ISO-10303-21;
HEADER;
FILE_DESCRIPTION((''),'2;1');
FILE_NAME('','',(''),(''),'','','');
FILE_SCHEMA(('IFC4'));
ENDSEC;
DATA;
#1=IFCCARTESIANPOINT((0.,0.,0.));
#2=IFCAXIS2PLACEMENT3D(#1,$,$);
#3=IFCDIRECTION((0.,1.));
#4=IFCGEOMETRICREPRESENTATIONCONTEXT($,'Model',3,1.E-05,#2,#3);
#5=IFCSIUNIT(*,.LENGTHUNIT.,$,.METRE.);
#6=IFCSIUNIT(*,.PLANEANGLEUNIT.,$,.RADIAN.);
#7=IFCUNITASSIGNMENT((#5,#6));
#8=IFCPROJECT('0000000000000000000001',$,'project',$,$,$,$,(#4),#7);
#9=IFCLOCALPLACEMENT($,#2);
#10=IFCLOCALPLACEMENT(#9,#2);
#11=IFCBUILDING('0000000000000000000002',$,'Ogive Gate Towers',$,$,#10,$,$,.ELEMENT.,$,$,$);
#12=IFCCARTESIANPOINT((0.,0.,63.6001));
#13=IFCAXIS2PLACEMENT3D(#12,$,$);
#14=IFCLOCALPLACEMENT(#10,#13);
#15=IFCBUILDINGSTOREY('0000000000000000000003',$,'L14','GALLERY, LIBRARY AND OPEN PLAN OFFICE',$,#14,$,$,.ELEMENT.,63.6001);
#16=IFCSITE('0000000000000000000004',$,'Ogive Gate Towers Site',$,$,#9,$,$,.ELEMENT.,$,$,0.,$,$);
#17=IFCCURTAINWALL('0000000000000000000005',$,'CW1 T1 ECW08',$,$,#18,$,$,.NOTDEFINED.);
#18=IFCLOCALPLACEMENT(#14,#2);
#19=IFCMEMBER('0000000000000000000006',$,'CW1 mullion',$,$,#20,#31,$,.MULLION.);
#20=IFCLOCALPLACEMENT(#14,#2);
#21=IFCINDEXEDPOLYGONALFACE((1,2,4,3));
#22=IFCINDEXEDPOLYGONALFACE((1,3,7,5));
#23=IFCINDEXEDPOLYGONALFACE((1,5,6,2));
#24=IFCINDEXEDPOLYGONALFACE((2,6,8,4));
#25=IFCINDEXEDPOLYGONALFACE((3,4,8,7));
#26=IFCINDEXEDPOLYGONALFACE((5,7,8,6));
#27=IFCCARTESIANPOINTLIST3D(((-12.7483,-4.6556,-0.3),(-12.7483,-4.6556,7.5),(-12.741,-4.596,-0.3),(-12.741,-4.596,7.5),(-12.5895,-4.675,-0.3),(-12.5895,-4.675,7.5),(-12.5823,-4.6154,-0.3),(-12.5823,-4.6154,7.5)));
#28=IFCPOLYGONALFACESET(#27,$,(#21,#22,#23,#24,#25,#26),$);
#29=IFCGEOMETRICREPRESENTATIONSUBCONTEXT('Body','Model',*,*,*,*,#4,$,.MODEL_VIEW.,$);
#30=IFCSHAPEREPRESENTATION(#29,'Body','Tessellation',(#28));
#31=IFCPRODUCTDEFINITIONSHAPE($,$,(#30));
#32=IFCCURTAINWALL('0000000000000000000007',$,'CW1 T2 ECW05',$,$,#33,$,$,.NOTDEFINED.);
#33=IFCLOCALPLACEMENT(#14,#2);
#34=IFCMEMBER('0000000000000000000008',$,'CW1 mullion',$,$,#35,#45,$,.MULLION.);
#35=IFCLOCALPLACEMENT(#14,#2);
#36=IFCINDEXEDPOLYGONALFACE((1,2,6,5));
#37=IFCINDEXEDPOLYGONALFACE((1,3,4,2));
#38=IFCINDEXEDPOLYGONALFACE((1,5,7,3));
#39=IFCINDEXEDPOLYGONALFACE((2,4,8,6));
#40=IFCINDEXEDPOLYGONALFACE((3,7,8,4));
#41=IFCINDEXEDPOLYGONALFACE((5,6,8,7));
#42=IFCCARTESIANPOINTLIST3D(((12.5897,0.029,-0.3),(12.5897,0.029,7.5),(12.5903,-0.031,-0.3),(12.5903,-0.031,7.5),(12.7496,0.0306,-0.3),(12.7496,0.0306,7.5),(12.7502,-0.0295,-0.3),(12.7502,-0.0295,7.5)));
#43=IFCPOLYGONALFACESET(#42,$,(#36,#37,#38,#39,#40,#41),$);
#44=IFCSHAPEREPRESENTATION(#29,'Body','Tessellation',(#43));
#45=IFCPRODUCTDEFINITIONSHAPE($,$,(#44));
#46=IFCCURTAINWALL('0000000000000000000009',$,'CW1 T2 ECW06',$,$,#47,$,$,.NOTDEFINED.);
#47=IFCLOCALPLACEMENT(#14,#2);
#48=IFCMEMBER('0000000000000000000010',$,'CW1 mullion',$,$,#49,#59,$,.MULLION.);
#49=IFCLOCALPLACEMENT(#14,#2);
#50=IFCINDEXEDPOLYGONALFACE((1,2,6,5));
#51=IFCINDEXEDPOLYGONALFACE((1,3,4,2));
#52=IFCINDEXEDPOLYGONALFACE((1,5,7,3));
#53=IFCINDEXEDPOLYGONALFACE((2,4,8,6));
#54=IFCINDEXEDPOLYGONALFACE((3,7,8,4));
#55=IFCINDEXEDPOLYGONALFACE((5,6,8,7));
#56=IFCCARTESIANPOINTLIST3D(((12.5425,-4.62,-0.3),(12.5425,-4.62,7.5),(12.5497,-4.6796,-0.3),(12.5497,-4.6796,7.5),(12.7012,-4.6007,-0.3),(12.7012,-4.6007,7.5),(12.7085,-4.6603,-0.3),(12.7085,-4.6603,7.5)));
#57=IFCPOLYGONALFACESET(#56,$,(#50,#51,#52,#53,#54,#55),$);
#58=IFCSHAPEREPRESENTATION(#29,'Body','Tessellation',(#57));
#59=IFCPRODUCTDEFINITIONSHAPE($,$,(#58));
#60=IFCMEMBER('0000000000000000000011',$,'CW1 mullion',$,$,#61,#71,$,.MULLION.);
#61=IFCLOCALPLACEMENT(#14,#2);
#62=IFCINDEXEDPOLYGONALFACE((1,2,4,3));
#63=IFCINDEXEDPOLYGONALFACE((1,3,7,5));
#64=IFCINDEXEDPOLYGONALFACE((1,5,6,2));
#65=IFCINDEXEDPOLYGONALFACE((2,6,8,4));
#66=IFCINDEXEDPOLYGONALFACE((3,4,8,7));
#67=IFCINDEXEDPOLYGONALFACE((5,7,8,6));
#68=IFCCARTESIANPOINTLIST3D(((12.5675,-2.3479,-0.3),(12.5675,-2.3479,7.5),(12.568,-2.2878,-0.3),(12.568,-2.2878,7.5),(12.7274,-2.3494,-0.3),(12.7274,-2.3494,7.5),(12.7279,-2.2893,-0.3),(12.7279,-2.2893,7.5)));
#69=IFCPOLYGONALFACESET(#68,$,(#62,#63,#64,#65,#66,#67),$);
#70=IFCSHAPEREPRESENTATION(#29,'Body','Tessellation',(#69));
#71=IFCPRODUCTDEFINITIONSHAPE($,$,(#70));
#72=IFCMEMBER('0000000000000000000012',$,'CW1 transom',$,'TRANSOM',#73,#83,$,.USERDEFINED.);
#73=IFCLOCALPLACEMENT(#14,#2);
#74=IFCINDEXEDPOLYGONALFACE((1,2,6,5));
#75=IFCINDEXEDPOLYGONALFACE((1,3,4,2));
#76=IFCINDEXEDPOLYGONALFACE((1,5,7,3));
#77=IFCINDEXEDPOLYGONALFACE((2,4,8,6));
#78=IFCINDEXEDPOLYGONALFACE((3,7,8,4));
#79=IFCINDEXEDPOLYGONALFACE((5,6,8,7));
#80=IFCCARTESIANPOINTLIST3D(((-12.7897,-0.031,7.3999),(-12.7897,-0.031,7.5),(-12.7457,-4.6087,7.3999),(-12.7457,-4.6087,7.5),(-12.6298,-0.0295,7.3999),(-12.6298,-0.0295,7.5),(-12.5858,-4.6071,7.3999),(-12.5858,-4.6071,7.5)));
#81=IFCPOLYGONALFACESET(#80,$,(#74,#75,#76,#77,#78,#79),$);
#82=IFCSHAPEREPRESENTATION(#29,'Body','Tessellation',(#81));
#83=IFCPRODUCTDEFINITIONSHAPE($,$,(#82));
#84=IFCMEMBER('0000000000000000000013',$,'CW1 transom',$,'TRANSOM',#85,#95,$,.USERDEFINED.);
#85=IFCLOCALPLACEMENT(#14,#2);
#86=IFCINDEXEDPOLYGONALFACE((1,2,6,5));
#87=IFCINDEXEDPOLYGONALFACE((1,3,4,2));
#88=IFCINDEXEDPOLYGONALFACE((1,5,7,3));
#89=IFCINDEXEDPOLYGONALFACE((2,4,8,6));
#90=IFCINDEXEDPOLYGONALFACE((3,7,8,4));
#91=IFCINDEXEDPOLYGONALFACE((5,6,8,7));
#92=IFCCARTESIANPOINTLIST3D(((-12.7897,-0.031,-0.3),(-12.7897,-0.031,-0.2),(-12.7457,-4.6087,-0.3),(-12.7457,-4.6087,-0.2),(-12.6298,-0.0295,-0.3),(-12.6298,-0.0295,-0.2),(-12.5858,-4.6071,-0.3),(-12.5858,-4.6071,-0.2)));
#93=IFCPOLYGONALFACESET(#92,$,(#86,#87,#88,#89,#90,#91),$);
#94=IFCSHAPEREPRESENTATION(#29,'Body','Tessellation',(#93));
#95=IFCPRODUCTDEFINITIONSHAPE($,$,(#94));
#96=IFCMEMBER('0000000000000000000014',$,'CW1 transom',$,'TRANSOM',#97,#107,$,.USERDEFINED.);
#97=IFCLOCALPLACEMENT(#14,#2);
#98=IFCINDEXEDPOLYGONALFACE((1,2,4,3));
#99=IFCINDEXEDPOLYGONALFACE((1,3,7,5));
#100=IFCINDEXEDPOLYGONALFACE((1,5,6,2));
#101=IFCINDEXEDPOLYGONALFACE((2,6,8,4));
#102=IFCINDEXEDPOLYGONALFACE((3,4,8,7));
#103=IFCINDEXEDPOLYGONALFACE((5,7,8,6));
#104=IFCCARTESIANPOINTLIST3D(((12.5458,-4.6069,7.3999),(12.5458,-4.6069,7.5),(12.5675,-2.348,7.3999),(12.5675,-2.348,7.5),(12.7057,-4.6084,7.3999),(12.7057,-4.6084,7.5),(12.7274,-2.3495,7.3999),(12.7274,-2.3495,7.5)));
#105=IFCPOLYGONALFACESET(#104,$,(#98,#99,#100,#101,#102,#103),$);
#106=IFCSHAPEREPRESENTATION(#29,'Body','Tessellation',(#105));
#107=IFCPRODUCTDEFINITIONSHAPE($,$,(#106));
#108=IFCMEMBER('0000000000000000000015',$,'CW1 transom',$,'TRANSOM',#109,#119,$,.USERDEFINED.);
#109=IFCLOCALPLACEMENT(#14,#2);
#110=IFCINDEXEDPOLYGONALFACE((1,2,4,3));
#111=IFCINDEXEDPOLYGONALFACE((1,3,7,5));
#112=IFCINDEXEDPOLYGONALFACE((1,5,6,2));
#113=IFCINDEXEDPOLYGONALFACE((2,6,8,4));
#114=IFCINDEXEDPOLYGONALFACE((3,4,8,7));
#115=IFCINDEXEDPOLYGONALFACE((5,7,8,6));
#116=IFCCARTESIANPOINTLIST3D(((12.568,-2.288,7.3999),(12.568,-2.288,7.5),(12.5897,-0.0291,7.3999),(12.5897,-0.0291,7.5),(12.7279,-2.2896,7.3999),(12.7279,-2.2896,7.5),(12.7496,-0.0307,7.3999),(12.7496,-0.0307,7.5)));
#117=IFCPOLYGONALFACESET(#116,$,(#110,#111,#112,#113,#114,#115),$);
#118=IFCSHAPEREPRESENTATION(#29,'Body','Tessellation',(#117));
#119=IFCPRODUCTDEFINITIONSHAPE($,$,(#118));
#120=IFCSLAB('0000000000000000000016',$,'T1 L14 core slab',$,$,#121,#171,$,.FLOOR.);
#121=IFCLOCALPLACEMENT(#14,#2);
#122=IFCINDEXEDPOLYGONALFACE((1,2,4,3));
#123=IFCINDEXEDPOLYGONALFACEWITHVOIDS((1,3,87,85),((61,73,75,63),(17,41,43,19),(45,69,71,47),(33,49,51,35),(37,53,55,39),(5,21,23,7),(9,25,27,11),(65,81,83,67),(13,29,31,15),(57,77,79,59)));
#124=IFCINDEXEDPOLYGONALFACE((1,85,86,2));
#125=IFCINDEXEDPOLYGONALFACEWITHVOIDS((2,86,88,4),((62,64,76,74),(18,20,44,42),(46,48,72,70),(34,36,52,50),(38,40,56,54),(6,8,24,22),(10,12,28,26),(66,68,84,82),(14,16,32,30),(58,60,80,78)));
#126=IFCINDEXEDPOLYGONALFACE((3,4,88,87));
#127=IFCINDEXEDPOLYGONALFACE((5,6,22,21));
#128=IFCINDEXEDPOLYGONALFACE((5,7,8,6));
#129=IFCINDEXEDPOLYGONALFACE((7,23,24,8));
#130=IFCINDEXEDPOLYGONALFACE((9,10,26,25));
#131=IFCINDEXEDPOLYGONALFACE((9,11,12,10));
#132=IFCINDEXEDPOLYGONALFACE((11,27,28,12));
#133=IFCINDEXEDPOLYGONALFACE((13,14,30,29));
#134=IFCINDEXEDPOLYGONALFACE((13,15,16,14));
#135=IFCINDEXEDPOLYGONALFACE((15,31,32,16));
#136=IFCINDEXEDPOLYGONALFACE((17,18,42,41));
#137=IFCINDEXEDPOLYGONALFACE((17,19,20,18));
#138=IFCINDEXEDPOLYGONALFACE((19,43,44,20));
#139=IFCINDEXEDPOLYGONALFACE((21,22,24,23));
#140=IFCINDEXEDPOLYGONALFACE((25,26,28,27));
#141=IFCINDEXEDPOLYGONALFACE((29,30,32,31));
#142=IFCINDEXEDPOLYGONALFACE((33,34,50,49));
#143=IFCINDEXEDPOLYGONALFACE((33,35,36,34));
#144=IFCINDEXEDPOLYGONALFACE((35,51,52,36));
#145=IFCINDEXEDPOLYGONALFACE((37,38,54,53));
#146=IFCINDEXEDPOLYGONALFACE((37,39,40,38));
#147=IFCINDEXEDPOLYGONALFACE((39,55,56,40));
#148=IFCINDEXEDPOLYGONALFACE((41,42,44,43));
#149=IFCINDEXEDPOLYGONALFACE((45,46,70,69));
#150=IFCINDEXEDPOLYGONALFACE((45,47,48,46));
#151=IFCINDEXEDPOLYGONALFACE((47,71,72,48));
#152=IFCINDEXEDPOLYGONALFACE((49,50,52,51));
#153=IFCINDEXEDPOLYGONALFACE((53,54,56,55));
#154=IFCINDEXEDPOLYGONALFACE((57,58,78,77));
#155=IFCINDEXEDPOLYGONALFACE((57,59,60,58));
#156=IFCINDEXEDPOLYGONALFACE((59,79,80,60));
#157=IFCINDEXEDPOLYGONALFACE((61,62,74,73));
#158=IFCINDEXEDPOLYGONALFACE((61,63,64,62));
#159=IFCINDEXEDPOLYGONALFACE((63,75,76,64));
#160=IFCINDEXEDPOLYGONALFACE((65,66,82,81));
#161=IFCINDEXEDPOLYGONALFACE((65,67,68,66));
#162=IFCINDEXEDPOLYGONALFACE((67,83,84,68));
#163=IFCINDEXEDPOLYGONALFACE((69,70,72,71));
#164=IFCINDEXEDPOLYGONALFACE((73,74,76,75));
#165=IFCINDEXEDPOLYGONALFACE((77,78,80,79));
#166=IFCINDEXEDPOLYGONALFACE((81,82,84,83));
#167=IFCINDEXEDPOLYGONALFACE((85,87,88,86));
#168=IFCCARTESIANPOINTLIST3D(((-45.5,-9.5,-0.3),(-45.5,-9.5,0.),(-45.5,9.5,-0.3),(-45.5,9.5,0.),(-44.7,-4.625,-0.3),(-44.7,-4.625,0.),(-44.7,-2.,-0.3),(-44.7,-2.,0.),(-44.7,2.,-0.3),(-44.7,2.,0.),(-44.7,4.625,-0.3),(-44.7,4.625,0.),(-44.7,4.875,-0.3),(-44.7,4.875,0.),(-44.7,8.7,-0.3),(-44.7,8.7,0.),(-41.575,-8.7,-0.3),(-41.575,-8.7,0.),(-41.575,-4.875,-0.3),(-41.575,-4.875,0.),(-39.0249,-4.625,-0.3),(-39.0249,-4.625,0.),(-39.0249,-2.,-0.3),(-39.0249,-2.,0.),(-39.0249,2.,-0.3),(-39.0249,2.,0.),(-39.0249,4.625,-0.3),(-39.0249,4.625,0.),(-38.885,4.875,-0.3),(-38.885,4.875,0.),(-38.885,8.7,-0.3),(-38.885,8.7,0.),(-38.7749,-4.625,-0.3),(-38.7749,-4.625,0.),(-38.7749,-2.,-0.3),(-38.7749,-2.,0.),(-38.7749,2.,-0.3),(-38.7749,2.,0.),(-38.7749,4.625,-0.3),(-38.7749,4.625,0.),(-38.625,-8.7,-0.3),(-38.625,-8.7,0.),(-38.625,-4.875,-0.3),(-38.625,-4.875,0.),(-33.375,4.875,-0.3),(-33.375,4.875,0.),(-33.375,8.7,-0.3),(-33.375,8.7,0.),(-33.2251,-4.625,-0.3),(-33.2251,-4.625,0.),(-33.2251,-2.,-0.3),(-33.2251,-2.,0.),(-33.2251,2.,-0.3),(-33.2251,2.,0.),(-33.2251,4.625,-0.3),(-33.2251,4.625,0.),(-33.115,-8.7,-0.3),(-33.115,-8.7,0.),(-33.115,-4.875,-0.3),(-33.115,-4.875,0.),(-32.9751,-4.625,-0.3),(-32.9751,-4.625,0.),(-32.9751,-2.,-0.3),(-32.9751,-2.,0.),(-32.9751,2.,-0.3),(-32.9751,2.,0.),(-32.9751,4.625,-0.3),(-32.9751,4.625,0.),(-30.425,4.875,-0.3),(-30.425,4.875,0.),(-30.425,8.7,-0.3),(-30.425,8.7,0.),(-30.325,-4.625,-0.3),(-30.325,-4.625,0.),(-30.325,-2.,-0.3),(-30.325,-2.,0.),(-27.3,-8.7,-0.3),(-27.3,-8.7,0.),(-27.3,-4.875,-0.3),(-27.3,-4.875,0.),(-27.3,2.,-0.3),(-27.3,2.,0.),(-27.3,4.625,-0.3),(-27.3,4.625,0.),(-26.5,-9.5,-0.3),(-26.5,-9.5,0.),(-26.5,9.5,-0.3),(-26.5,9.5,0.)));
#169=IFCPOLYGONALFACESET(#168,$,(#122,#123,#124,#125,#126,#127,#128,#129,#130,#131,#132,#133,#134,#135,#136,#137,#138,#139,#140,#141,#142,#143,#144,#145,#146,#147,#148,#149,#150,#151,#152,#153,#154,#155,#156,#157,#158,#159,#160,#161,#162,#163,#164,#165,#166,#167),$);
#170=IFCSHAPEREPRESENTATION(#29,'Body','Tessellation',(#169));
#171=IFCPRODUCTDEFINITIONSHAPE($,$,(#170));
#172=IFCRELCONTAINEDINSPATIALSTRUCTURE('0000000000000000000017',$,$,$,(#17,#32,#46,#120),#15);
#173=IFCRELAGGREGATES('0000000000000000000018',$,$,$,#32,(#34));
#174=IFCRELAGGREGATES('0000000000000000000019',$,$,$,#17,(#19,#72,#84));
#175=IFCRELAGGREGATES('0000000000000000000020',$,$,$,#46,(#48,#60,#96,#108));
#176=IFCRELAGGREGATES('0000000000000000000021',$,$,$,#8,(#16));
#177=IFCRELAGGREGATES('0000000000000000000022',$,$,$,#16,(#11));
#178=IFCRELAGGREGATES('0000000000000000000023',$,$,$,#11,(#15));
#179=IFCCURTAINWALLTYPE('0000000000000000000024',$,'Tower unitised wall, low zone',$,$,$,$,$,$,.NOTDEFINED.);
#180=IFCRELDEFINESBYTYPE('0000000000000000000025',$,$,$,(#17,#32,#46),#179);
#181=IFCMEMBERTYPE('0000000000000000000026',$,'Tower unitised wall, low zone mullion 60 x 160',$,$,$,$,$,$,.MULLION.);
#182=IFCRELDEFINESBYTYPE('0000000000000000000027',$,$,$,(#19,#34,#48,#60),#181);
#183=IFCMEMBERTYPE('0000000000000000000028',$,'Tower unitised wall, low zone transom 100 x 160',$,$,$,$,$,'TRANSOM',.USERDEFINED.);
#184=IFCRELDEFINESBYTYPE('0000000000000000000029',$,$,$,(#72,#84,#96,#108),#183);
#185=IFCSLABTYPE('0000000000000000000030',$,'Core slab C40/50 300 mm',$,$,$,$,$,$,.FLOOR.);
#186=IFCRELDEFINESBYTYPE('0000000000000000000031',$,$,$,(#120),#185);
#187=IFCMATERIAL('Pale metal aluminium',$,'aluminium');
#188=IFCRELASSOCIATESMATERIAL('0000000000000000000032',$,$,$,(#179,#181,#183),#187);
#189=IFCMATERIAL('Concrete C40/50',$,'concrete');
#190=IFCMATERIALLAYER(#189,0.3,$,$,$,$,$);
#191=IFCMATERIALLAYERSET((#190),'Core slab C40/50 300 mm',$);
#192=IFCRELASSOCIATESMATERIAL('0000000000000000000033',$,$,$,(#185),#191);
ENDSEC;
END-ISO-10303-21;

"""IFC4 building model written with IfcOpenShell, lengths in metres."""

from ifc_helpers import new_model, si_unit, direction, frame, origin, origin_2d, place, context, subcontext, project, spatial, polyline, rectangle, outline, extrude, material, layer, layer_set, material_profile, profile_set, type_object, element, aggregate, save


model = new_model("IFC4")

# Units and contexts
model_context = context("Model", 3, precision=1e-05, world=origin(), true_north=direction((0.0, 1.0)))
body_context = subcontext(model_context, "Body", "Model", "MODEL_VIEW")
ifc_project = project(units=[si_unit("LENGTHUNIT", "METRE"), si_unit("PLANEANGLEUNIT", "RADIAN")], contexts=[model_context])

# Site, building, storey
site_placement = place(None, origin())
site = spatial("IfcSite", under=ifc_project, at=site_placement, Name="Ogive Gate Towers Site", CompositionType="ELEMENT", RefElevation=0.0)
building_placement = place(site_placement, origin())
building = spatial("IfcBuilding", under=site, at=building_placement, Name="Ogive Gate Towers", CompositionType="ELEMENT")
storey_placement = place(building_placement, frame((0.0, 0.0, 63.6001)))
storey = spatial("IfcBuildingStorey", under=building, at=storey_placement, Name="L14", Description="GALLERY, LIBRARY AND OPEN PLAN OFFICE", CompositionType="ELEMENT", Elevation=63.6001)

# Curtain walls, members
ifc_material_1 = material(Name="Pale metal aluminium", Category="aluminium")
curtain_wall_type = type_object("IfcCurtainWallType", Name="Tower unitised wall, low zone", PredefinedType="NOTDEFINED", material=ifc_material_1)
curtain_wall_1_placement = place(storey_placement, origin())
curtain_wall_1 = element("IfcCurtainWall", 1, at=curtain_wall_1_placement, inside=storey, type_object=curtain_wall_type, Name="CW1 T1 ECW08", PredefinedType="NOTDEFINED")
ifc_material_profile_1 = material_profile(ifc_material_1, rectangle(XDim=0.1599, YDim=0.0601, at=origin_2d()), Name="60 x 160 aluminium box")
ifc_profile_set_1 = profile_set([ifc_material_profile_1], Name="Pale metal aluminium")
member_type_1 = type_object("IfcMemberType", Name="Tower unitised wall, low zone mullion 60 x 160", PredefinedType="MULLION", material=ifc_profile_set_1)
member_1_placement = place(storey_placement, frame((-12.6653, -4.6355, -0.3), z_axis=(0.0, 0.0, 1.0), x_axis=(0.992671, -0.120847, 0.0)))
member_1 = element("IfcMember", 2, at=member_1_placement, type_object=member_type_1, Name="CW1 mullion", PredefinedType="MULLION", context=body_context, shape_type="SweptSolid", body=[
    extrude(rectangle(XDim=0.1599, YDim=0.0601, at=origin_2d()), origin(), (0.0, 0.0, 1.0), 7.8),
])
curtain_wall_2_placement = place(storey_placement, origin())
curtain_wall_2 = element("IfcCurtainWall", 3, at=curtain_wall_2_placement, inside=storey, type_object=curtain_wall_type, Name="CW1 T2 ECW05", PredefinedType="NOTDEFINED")
member_2_placement = place(storey_placement, frame((12.6699, -0.0002, -0.3), z_axis=(0.0, 0.0, 1.0), x_axis=(0.999954, 0.009617, 0.0)))
member_2 = element("IfcMember", 4, at=member_2_placement, type_object=member_type_1, Name="CW1 mullion", PredefinedType="MULLION", context=body_context, shape_type="SweptSolid", body=[
    extrude(rectangle(XDim=0.1599, YDim=0.0601, at=origin_2d()), origin(), (0.0, 0.0, 1.0), 7.8),
])
aggregate(curtain_wall_2, [member_2])

# Curtain wall, members
curtain_wall_3_placement = place(storey_placement, origin())
curtain_wall_3 = element("IfcCurtainWall", 5, at=curtain_wall_3_placement, inside=storey, type_object=curtain_wall_type, Name="CW1 T2 ECW06", PredefinedType="NOTDEFINED")
member_3_placement = place(storey_placement, frame((12.6255, -4.6401, -0.3), z_axis=(0.0, 0.0, 1.0), x_axis=(0.992669, 0.120865, 0.0)))
member_3 = element("IfcMember", 6, at=member_3_placement, type_object=member_type_1, Name="CW1 mullion", PredefinedType="MULLION", context=body_context, shape_type="SweptSolid", body=[
    extrude(rectangle(XDim=0.1599, YDim=0.0601, at=origin_2d()), origin(), (0.0, 0.0, 1.0), 7.8),
])
member_4_placement = place(storey_placement, frame((12.6477, -2.3186, -0.3), z_axis=(0.0, 0.0, 1.0), x_axis=(0.999954, -0.009599, 0.0)))
member_4 = element("IfcMember", 7, at=member_4_placement, type_object=member_type_1, Name="CW1 mullion", PredefinedType="MULLION", context=body_context, shape_type="SweptSolid", body=[
    extrude(rectangle(XDim=0.1599, YDim=0.0601, at=origin_2d()), origin(), (0.0, 0.0, 1.0), 7.8),
])

# Members
ifc_material_profile_2 = material_profile(ifc_material_1, rectangle(XDim=0.1599, YDim=0.1001, at=origin_2d()), Name="100 x 160 aluminium box")
ifc_profile_set_2 = profile_set([ifc_material_profile_2], Name="Pale metal aluminium")
member_type_2 = type_object("IfcMemberType", Name="Tower unitised wall, low zone transom 100 x 160", ElementType="TRANSOM", PredefinedType="USERDEFINED", material=ifc_profile_set_2)
member_5_placement = place(storey_placement, frame((-12.6658, -4.6079, 7.45), z_axis=(-0.0096, 0.999954, 0.0), x_axis=(-0.999954, -0.0096, 0.0)))
member_5 = element("IfcMember", 8, at=member_5_placement, type_object=member_type_2, Name="CW1 transom", ObjectType="TRANSOM", PredefinedType="USERDEFINED", context=body_context, shape_type="SweptSolid", body=[
    extrude(rectangle(XDim=0.1599, YDim=0.1001, at=origin_2d()), origin(), (0.0, 0.0, 1.0), 4.5779),
])
member_6_placement = place(storey_placement, frame((-12.6658, -4.6079, -0.25), z_axis=(-0.0096, 0.999954, 0.0), x_axis=(-0.999954, -0.0096, 0.0)))
member_6 = element("IfcMember", 9, at=member_6_placement, type_object=member_type_2, Name="CW1 transom", ObjectType="TRANSOM", PredefinedType="USERDEFINED", context=body_context, shape_type="SweptSolid", body=[
    extrude(rectangle(XDim=0.1599, YDim=0.1001, at=origin_2d()), origin(), (0.0, 0.0, 1.0), 4.5779),
])
member_7_placement = place(storey_placement, frame((12.6257, -4.6077, 7.45), z_axis=(0.009618, 0.999954, 0.0), x_axis=(-0.999954, 0.009618, 0.0)))
member_7 = element("IfcMember", 10, at=member_7_placement, type_object=member_type_2, Name="CW1 transom", ObjectType="TRANSOM", PredefinedType="USERDEFINED", context=body_context, shape_type="SweptSolid", body=[
    extrude(rectangle(XDim=0.1599, YDim=0.1001, at=origin_2d()), origin(), (0.0, 0.0, 1.0), 2.259),
])
member_8_placement = place(storey_placement, frame((12.6479, -2.2888, 7.45), z_axis=(0.009618, 0.999954, 0.0), x_axis=(-0.999954, 0.009618, 0.0)))
member_8 = element("IfcMember", 11, at=member_8_placement, type_object=member_type_2, Name="CW1 transom", ObjectType="TRANSOM", PredefinedType="USERDEFINED", context=body_context, shape_type="SweptSolid", body=[
    extrude(rectangle(XDim=0.1599, YDim=0.1001, at=origin_2d()), origin(), (0.0, 0.0, 1.0), 2.259),
])

# Slab
ifc_material_2 = material(Name="Concrete C40/50", Category="concrete")
ifc_layer_1 = layer(ifc_material_2, 0.3)
ifc_layer_set_1 = layer_set([ifc_layer_1], Name="Core slab C40/50 300 mm")
slab_type_1 = type_object("IfcSlabType", Name="Core slab C40/50 300 mm", PredefinedType="FLOOR", material=ifc_layer_set_1)
slab_1_placement = place(storey_placement, frame((0.0, 0.0, -0.3)))
element("IfcSlab", 12, at=slab_1_placement, inside=storey, type_object=slab_type_1, Name="T1 L14 core slab", PredefinedType="FLOOR", context=body_context, shape_type="SweptSolid", body=[
    extrude(outline(polyline([(-26.5, 9.5), (-26.5, -9.5), (-45.5, -9.5), (-45.5, 9.5), (-26.5, 9.5)]), holes=[polyline([(-39.0249, 4.625), (-44.7, 4.625), (-44.7, 2.0), (-39.0249, 2.0), (-39.0249, 4.625)]), polyline([(-33.2251, 2.0), (-33.2251, 4.625), (-38.7749, 4.625), (-38.7749, 2.0), (-33.2251, 2.0)]), polyline([(-32.9751, 2.0), (-27.3, 2.0), (-27.3, 4.625), (-32.9751, 4.625), (-32.9751, 2.0)]), polyline([(-44.7, -2.0), (-44.7, -4.625), (-39.0249, -4.625), (-39.0249, -2.0), (-44.7, -2.0)]), polyline([(-33.2251, -2.0), (-38.7749, -2.0), (-38.7749, -4.625), (-33.2251, -4.625), (-33.2251, -2.0)]), polyline([(-30.325, -4.625), (-30.325, -2.0), (-32.9751, -2.0), (-32.9751, -4.625), (-30.325, -4.625)]), polyline([(-33.375, 4.875), (-30.425, 4.875), (-30.425, 8.7), (-33.375, 8.7), (-33.375, 4.875)]), polyline([(-41.575, -4.875), (-41.575, -8.7), (-38.625, -8.7), (-38.625, -4.875), (-41.575, -4.875)]), polyline([(-44.7, 4.875), (-38.885, 4.875), (-38.885, 8.7), (-44.7, 8.7), (-44.7, 4.875)]), polyline([(-27.3, -8.7), (-27.3, -4.875), (-33.115, -4.875), (-33.115, -8.7), (-27.3, -8.7)])]), origin(), (0.0, 0.0, 1.0), 0.3),
])

aggregate(curtain_wall_1, [member_1, member_5, member_6])
aggregate(curtain_wall_3, [member_3, member_4, member_7, member_8])

save(model, "model.ifc")
